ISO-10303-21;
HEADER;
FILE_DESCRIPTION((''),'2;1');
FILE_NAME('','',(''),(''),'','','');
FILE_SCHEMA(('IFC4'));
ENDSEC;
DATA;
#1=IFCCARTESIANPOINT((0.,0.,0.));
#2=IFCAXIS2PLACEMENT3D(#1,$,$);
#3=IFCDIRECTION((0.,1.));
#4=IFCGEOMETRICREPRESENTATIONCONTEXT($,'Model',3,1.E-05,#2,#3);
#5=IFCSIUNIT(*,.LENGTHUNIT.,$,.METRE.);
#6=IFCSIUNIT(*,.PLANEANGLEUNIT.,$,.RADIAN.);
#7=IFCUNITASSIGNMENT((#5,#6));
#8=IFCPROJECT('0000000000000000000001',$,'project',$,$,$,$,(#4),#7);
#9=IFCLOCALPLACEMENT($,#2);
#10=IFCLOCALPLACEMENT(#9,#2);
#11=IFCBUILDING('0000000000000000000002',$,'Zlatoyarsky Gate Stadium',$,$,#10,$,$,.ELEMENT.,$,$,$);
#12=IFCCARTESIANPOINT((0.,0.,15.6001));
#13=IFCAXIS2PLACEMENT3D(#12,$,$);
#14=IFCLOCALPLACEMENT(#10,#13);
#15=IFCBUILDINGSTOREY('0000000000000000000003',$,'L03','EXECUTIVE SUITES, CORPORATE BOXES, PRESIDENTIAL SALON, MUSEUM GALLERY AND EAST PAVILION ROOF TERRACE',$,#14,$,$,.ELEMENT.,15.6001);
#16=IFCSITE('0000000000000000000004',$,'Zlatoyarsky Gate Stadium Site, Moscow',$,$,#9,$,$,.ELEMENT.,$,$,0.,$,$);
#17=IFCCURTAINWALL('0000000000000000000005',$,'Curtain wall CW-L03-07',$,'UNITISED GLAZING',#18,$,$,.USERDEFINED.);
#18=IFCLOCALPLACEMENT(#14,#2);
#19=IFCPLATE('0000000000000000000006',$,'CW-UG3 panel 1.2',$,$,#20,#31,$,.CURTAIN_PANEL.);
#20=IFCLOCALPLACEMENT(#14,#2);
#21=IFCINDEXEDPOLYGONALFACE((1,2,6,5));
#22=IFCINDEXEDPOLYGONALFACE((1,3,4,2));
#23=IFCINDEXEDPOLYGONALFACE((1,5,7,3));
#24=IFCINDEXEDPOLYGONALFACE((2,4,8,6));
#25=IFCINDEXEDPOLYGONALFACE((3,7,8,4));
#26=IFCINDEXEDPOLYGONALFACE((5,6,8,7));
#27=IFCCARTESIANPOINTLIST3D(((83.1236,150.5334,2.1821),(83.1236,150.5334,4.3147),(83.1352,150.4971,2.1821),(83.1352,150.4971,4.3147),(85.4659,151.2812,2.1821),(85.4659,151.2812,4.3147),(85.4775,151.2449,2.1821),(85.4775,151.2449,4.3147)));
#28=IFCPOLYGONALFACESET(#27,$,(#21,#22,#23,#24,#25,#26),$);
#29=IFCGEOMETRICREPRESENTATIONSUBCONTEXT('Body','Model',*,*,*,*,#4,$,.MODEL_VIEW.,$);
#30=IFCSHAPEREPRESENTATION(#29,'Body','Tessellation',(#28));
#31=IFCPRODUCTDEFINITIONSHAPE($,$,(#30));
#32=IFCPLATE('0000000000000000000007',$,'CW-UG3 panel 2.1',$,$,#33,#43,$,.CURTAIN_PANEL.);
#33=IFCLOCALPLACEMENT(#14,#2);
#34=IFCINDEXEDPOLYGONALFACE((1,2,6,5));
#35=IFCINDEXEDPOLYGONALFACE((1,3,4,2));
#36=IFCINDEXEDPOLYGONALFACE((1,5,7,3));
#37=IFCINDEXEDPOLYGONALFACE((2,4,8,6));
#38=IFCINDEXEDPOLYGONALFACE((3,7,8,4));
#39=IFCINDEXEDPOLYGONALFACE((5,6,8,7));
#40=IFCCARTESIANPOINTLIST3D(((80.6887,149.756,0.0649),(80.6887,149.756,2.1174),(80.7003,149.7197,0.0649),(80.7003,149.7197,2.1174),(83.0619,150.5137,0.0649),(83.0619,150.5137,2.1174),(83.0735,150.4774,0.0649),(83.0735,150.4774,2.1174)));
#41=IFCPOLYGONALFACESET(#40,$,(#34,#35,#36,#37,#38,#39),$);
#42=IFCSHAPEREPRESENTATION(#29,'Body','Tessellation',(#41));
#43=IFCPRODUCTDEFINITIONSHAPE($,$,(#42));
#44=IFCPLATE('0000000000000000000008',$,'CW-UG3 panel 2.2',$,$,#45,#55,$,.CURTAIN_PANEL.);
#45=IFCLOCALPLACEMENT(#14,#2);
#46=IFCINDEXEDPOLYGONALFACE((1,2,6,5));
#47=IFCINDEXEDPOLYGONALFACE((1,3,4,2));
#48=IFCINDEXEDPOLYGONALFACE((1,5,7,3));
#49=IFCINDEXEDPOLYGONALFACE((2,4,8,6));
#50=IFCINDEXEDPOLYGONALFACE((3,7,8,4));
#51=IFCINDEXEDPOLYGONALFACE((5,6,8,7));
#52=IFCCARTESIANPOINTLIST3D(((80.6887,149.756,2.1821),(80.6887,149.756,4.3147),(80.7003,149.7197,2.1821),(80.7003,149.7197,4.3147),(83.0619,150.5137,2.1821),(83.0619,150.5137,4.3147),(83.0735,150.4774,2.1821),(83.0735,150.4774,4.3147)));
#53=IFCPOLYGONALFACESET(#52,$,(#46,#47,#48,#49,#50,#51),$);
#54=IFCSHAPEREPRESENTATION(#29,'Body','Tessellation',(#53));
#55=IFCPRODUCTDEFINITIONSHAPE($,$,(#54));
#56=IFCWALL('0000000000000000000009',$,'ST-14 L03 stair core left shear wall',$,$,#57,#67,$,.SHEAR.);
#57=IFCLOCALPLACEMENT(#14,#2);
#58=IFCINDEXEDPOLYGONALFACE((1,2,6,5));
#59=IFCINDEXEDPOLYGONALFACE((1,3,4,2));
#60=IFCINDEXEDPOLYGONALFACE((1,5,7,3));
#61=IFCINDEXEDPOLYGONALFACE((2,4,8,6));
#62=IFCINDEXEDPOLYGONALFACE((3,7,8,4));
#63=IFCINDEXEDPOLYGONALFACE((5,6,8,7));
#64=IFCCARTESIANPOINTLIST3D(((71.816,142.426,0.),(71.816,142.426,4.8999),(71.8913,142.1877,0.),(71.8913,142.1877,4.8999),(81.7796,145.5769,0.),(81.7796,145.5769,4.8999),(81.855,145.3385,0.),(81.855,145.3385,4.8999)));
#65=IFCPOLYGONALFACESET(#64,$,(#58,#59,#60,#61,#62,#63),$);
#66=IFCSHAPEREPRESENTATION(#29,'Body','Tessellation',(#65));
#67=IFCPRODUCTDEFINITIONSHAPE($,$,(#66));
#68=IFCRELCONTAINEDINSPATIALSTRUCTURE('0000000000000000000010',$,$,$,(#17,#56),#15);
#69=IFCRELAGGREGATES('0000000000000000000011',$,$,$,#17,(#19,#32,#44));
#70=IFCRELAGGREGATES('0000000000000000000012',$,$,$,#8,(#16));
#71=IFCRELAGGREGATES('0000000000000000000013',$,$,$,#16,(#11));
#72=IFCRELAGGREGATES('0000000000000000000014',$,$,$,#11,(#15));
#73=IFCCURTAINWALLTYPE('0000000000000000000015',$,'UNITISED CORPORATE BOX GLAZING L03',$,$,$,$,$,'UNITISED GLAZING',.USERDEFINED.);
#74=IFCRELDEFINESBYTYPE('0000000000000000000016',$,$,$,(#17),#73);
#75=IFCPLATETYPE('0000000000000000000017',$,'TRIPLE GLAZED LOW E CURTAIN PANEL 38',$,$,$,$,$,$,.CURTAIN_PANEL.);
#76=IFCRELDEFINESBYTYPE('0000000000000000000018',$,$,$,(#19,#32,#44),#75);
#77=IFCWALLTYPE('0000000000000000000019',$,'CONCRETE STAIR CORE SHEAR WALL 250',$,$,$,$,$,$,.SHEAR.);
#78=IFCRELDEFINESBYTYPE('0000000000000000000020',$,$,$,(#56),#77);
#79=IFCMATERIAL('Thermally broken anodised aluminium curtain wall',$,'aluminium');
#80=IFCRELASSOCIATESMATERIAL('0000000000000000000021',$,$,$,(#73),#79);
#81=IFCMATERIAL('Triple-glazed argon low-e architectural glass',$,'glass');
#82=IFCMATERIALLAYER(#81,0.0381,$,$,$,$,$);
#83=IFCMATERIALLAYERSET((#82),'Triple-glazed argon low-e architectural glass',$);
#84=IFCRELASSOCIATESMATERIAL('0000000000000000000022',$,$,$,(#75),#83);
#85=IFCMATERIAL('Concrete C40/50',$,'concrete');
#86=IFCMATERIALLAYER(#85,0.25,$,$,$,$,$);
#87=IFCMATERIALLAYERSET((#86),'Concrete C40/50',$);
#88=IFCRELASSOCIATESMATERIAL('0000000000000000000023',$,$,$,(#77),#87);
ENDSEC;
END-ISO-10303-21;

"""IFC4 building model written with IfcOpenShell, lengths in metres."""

from ifc_helpers import new_model, si_unit, direction, frame, frame_2d, origin, origin_2d, place, context, subcontext, project, spatial, rectangle, extrude, material, layer, layer_set, type_object, element, aggregate, save


model = new_model("IFC4")

# Units and contexts
model_context = context("Model", 3, precision=1e-05, world=origin(), true_north=direction((0.0, 1.0)))
body_context = subcontext(model_context, "Body", "Model", "MODEL_VIEW")
ifc_project = project(units=[si_unit("LENGTHUNIT", "METRE"), si_unit("PLANEANGLEUNIT", "RADIAN")], contexts=[model_context])

# Site, building, storey
site_placement = place(None, origin())
site = spatial("IfcSite", under=ifc_project, at=site_placement, Name="Zlatoyarsky Gate Stadium Site, Moscow", CompositionType="ELEMENT", RefElevation=0.0)
building_placement = place(site_placement, origin())
building = spatial("IfcBuilding", under=site, at=building_placement, Name="Zlatoyarsky Gate Stadium", CompositionType="ELEMENT")
storey_placement = place(building_placement, frame((0.0, 0.0, 15.6001)))
storey = spatial("IfcBuildingStorey", under=building, at=storey_placement, Name="L03", Description="EXECUTIVE SUITES, CORPORATE BOXES, PRESIDENTIAL SALON, MUSEUM GALLERY AND EAST PAVILION ROOF TERRACE", CompositionType="ELEMENT", Elevation=15.6001)

# Curtain wall
ifc_material_1 = material(Name="Thermally broken anodised aluminium curtain wall", Category="aluminium")
curtain_wall_type_1 = type_object("IfcCurtainWallType", Name="UNITISED CORPORATE BOX GLAZING L03", ElementType="UNITISED GLAZING", PredefinedType="USERDEFINED", material=ifc_material_1)
curtain_wall_1_placement = place(storey_placement, origin())
curtain_wall_1 = element("IfcCurtainWall", 1, at=curtain_wall_1_placement, inside=storey, type_object=curtain_wall_type_1, Name="Curtain wall CW-L03-07", ObjectType="UNITISED GLAZING", PredefinedType="USERDEFINED")

# Plates
ifc_material_2 = material(Name="Triple-glazed argon low-e architectural glass", Category="glass")
ifc_layer_1 = layer(ifc_material_2, 0.0381)
ifc_layer_set_1 = layer_set([ifc_layer_1], Name="Triple-glazed argon low-e architectural glass")
plate_type_1 = type_object("IfcPlateType", Name="TRIPLE GLAZED LOW E CURTAIN PANEL 38", PredefinedType="CURTAIN_PANEL", material=ifc_layer_set_1)
plate_1_placement = place(storey_placement, frame((84.3005, 150.8892, 2.1821), z_axis=(0.0, 0.0, 1.0), x_axis=(-0.95262, -0.304162, 0.0)))
plate_1 = element("IfcPlate", 2, at=plate_1_placement, type_object=plate_type_1, Name="CW-UG3 panel 1.2", PredefinedType="CURTAIN_PANEL", context=body_context, shape_type="SweptSolid", body=[
    extrude(rectangle(XDim=2.4587, YDim=0.0381, at=origin_2d()), origin(), (0.0, 0.0, 1.0), 2.1326),
])
plate_2_placement = place(storey_placement, frame((81.8811, 150.1167, 0.0649), z_axis=(0.0, 0.0, 1.0), x_axis=(-0.95262, -0.304162, 0.0)))
plate_2 = element("IfcPlate", 3, at=plate_2_placement, type_object=plate_type_1, Name="CW-UG3 panel 2.1", PredefinedType="CURTAIN_PANEL", context=body_context, shape_type="SweptSolid", body=[
    extrude(rectangle(XDim=2.4912, YDim=0.0381, at=origin_2d()), origin(), (0.0, 0.0, 1.0), 2.0525),
])
plate_3_placement = place(storey_placement, frame((81.8811, 150.1167, 2.1821), z_axis=(0.0, 0.0, 1.0), x_axis=(-0.95262, -0.304162, 0.0)))
plate_3 = element("IfcPlate", 4, at=plate_3_placement, type_object=plate_type_1, Name="CW-UG3 panel 2.2", PredefinedType="CURTAIN_PANEL", context=body_context, shape_type="SweptSolid", body=[
    extrude(rectangle(XDim=2.4912, YDim=0.0381, at=origin_2d()), origin(), (0.0, 0.0, 1.0), 2.1326),
])
aggregate(curtain_wall_1, [plate_1, plate_2, plate_3])

# Wall
ifc_material_3 = material(Name="Concrete C40/50", Category="concrete")
ifc_layer_2 = layer(ifc_material_3, 0.25)
ifc_layer_set_2 = layer_set([ifc_layer_2], Name="Concrete C40/50")
wall_type = type_object("IfcWallType", Name="CONCRETE STAIR CORE SHEAR WALL 250", PredefinedType="SHEAR", material=ifc_layer_set_2)
wall_placement = place(storey_placement, frame((81.8174, 145.4578, 0.0), z_axis=(0.0, 0.0, 1.0), x_axis=(-0.95346, -0.30152, 0.0)))
element("IfcWall", 5, at=wall_placement, inside=storey, type_object=wall_type, Name="ST-14 L03 stair core left shear wall", PredefinedType="SHEAR", context=body_context, shape_type="SweptSolid", body=[
    extrude(rectangle(XDim=10.45, YDim=0.25, at=frame_2d((5.2251, 0.0))), origin(), (0.0, 0.0, 1.0), 4.8999),
])

save(model, "model.ifc")
